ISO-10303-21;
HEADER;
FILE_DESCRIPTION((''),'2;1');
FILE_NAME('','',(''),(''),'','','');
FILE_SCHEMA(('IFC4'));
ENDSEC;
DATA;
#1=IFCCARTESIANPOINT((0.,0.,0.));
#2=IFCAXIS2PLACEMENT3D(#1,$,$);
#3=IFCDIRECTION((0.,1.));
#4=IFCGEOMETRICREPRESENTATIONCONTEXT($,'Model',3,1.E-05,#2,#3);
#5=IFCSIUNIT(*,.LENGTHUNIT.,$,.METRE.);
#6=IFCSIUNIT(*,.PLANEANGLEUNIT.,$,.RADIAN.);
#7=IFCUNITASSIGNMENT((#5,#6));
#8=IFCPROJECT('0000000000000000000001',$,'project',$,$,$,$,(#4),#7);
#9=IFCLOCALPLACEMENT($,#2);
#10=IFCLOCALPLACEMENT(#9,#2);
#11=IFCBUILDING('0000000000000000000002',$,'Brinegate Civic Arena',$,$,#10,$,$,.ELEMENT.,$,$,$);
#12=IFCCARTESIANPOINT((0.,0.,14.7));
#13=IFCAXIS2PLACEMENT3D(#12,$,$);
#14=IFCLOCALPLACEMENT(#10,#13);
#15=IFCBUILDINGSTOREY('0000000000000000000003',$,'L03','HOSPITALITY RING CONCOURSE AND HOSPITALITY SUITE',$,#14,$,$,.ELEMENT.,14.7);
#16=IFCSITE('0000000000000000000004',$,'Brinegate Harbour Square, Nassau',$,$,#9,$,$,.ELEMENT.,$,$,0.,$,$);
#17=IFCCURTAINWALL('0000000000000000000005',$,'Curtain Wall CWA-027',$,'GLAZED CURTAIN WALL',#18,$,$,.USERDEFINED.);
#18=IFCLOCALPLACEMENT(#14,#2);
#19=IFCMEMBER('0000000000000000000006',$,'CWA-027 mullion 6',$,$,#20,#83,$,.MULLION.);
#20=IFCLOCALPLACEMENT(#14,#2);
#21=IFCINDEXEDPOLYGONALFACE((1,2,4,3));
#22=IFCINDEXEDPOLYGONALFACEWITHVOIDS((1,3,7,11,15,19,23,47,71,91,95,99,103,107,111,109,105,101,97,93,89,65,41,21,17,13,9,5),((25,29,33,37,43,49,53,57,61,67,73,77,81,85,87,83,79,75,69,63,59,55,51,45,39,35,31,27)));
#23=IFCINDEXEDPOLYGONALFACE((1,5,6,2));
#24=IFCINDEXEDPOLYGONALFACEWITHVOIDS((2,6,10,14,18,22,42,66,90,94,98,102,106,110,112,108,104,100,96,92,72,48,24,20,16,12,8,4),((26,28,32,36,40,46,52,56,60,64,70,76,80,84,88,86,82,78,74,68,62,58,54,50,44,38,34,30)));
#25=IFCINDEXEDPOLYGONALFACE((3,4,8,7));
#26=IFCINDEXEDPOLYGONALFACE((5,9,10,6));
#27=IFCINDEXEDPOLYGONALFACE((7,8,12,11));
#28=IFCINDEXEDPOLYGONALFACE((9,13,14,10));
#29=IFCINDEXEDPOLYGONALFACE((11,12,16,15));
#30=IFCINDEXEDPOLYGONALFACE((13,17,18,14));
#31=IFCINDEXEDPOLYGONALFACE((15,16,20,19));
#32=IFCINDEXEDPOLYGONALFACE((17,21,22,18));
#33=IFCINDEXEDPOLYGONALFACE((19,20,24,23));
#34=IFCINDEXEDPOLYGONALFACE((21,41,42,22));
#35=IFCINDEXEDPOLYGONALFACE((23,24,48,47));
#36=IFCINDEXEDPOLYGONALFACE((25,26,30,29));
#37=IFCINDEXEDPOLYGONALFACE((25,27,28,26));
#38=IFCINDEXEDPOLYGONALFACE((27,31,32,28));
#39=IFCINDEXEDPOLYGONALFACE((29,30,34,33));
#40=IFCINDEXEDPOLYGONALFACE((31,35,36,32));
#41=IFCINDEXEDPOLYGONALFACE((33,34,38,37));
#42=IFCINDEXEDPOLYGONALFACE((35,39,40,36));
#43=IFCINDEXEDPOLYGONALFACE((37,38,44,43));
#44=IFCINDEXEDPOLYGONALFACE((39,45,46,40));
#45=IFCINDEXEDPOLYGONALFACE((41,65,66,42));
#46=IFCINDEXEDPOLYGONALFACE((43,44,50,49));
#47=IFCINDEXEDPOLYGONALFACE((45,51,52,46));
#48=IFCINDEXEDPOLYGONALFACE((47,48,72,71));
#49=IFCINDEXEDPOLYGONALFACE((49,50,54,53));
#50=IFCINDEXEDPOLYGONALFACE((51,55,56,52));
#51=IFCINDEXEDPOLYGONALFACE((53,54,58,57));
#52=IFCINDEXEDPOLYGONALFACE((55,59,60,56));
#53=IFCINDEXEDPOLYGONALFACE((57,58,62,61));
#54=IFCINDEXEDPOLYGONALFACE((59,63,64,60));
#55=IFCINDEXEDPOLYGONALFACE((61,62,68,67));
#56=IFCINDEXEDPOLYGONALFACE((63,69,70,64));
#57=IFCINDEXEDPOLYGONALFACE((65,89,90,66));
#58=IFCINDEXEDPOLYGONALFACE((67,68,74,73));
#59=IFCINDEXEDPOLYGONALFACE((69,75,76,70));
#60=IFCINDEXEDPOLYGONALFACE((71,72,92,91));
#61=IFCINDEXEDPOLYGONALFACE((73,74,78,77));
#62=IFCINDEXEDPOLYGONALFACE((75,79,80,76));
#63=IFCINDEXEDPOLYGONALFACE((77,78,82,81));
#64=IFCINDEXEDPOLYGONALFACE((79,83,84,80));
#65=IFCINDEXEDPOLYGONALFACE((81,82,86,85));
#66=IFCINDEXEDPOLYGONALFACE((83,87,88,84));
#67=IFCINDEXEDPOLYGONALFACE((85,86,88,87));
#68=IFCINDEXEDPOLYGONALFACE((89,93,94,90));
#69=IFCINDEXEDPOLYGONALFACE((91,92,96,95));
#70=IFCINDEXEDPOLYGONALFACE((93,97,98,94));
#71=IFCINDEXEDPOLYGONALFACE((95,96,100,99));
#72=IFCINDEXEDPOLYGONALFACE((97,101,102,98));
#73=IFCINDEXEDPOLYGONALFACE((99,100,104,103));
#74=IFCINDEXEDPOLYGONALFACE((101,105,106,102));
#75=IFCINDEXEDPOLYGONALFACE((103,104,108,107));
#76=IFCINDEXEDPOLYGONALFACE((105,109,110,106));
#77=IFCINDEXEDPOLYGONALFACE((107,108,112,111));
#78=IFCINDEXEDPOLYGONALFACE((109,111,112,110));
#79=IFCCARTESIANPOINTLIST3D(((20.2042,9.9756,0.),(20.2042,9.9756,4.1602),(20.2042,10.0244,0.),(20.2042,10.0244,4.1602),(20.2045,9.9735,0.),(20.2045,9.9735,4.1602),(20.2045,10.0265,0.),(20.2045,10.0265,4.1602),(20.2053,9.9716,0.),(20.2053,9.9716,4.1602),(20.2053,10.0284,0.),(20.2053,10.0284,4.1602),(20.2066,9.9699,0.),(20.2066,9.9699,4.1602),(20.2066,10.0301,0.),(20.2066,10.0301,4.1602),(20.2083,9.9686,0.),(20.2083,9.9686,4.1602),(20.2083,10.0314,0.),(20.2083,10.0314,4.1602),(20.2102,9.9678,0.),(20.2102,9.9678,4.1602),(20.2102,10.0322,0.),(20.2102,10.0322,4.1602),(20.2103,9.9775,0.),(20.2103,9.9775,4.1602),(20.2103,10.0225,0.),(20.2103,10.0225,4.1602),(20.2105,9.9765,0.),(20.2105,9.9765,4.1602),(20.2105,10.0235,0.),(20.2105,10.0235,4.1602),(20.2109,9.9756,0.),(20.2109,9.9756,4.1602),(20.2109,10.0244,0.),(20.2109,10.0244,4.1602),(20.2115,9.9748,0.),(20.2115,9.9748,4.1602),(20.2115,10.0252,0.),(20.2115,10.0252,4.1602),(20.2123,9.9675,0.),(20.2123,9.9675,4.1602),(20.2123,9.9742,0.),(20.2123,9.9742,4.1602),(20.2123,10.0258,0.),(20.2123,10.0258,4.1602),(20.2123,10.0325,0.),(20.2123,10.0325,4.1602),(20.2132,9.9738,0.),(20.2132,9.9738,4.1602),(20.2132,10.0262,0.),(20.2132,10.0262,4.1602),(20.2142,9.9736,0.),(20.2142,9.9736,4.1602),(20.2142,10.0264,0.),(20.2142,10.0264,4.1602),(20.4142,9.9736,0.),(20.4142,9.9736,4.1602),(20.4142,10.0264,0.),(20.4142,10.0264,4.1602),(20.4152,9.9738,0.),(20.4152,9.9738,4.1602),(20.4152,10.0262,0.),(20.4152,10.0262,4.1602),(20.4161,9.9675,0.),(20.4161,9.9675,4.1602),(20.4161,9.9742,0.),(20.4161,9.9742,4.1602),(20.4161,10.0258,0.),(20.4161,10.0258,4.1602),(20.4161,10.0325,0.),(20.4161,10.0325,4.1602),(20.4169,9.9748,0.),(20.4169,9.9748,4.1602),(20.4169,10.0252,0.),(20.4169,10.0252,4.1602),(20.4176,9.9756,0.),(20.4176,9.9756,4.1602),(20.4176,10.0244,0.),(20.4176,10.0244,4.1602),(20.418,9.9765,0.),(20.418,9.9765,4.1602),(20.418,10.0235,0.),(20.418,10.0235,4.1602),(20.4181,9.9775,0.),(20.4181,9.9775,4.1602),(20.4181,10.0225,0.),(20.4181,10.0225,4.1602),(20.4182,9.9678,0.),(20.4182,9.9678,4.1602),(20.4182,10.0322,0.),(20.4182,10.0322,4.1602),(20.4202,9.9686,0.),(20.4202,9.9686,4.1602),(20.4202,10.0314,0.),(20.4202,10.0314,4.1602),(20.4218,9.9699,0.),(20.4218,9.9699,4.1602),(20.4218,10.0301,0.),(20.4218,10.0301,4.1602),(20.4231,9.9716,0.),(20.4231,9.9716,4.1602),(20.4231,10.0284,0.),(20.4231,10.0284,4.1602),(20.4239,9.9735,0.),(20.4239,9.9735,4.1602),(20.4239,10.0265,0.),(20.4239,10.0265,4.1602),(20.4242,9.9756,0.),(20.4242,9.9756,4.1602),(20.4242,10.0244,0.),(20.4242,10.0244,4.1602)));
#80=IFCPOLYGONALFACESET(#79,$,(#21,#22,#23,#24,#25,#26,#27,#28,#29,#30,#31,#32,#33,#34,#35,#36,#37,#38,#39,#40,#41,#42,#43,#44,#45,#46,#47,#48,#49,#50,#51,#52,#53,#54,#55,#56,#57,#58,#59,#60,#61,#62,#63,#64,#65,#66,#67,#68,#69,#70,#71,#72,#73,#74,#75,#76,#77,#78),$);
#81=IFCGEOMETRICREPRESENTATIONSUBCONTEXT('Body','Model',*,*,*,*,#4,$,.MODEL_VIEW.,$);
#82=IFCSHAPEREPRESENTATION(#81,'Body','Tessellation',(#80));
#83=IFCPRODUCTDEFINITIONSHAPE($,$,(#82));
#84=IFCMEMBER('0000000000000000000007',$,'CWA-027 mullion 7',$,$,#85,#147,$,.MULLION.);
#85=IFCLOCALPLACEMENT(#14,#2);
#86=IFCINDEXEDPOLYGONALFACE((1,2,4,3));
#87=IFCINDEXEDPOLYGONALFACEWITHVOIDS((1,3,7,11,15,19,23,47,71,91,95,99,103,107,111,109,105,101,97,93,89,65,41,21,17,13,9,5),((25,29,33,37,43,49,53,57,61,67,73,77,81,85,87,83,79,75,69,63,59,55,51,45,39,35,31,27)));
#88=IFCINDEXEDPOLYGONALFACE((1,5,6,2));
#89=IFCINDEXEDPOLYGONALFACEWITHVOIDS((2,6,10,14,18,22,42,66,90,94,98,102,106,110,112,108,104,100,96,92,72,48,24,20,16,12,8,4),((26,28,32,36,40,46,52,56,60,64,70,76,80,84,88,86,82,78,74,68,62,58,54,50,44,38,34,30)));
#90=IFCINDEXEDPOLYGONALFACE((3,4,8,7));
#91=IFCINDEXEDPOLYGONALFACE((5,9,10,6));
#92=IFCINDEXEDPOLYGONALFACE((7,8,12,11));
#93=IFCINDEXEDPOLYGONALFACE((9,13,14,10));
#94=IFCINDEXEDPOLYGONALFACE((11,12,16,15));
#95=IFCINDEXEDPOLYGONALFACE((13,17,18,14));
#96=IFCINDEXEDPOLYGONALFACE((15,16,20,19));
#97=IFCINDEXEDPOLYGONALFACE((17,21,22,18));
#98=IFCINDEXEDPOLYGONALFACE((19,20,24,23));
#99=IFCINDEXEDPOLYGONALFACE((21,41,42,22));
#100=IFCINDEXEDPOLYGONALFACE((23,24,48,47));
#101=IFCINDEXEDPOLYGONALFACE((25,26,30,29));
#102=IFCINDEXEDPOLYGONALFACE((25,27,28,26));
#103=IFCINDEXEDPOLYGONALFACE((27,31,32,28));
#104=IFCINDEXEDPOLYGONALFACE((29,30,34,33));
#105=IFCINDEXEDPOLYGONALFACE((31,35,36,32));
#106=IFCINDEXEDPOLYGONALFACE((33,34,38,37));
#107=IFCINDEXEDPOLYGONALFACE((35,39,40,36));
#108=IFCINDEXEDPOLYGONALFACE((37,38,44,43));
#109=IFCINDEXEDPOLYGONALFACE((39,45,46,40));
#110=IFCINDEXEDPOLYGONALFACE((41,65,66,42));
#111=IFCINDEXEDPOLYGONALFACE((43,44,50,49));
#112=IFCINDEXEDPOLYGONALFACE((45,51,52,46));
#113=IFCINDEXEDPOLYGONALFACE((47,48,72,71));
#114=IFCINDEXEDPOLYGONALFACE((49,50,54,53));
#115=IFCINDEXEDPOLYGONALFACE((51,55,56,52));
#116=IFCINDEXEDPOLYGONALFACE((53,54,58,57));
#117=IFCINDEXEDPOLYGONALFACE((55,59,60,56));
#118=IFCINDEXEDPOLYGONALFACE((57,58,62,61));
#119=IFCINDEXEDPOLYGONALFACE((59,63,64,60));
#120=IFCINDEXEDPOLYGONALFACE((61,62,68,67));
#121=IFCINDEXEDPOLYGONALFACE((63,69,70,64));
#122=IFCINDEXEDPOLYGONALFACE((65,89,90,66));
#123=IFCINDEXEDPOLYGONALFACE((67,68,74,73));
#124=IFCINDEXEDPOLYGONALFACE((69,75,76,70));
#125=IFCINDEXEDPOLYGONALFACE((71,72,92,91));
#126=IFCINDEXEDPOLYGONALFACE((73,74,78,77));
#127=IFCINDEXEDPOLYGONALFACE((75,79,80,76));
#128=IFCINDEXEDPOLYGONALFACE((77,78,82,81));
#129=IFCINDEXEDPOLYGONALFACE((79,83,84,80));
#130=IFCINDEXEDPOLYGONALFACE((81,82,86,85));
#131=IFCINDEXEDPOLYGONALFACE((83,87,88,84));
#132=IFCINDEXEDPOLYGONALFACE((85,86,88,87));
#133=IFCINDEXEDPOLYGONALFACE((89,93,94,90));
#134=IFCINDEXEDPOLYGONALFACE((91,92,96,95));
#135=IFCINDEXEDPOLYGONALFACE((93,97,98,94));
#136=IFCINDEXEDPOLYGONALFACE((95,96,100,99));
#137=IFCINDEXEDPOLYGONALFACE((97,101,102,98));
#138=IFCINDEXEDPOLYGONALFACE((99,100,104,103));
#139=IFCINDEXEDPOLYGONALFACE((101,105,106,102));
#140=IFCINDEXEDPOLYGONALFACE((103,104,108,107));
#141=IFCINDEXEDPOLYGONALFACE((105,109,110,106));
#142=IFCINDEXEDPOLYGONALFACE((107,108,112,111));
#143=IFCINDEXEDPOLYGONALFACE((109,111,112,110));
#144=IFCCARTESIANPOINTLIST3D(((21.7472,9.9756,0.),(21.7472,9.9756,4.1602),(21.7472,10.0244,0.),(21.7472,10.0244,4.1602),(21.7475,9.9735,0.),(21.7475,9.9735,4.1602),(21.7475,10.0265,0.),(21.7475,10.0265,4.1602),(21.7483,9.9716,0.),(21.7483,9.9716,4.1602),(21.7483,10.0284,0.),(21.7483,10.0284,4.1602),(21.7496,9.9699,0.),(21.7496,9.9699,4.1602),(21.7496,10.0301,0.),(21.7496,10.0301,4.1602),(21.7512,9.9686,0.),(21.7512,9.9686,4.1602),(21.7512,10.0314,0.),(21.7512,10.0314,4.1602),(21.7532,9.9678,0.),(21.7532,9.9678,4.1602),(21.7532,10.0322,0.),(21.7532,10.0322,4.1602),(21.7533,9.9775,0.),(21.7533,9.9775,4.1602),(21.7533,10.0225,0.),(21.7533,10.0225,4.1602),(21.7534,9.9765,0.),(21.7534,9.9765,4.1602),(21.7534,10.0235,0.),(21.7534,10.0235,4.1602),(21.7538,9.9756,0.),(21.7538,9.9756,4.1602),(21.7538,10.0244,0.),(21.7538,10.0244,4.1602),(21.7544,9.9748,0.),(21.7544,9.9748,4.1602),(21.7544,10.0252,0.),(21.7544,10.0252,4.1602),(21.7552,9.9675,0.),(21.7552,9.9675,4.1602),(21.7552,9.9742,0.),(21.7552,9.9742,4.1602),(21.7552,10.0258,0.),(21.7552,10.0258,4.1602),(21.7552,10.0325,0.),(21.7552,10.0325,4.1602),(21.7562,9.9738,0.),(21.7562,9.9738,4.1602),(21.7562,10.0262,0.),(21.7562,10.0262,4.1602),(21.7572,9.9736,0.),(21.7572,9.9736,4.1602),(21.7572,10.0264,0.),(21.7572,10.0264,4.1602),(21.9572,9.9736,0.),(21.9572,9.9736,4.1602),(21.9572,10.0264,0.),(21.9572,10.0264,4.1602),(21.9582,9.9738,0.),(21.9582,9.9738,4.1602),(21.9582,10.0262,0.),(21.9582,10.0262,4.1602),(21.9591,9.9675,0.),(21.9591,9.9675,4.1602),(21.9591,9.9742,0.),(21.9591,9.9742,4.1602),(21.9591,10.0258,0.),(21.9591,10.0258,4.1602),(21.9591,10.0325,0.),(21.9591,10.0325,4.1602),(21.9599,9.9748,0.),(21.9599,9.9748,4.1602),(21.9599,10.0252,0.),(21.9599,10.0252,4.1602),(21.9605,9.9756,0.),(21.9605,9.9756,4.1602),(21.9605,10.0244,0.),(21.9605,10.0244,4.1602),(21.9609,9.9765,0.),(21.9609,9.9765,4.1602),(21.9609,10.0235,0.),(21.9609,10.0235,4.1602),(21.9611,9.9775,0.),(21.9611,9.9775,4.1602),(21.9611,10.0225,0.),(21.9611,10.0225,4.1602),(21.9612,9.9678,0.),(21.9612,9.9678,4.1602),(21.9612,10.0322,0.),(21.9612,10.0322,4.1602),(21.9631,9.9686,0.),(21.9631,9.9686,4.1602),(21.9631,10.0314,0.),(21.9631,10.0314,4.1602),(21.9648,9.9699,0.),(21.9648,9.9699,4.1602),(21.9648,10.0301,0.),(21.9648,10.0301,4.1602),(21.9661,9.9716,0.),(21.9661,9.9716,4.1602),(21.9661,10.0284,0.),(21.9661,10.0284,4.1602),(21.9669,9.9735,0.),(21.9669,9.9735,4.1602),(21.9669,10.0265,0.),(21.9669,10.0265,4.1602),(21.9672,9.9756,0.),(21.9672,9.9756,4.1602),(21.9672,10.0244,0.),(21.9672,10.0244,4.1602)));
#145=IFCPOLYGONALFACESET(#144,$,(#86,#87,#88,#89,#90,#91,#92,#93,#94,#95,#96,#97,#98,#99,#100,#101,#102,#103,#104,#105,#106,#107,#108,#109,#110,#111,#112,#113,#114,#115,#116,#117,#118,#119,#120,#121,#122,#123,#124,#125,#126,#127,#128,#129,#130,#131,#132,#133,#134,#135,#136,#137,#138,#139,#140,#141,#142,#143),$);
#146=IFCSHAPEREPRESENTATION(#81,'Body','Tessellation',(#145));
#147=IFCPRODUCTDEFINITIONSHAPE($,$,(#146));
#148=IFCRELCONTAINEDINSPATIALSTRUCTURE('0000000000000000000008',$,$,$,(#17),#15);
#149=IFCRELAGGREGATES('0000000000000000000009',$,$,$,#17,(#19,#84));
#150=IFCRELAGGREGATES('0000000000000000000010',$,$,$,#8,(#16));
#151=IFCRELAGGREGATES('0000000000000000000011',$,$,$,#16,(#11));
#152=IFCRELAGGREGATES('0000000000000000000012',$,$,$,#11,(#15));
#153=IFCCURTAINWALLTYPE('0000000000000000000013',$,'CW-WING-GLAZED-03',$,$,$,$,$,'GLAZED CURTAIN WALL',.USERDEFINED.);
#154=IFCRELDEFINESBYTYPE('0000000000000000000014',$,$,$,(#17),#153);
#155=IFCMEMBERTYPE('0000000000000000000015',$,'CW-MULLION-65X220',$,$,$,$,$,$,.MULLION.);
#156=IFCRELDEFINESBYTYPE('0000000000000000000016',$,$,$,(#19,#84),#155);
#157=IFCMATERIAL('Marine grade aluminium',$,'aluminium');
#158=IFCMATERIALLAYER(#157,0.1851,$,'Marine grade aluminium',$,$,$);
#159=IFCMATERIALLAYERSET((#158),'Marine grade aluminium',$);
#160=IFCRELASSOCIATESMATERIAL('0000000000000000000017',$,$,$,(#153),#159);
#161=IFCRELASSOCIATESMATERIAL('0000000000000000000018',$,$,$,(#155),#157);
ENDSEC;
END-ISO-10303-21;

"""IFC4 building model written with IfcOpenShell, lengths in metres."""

from ifc_helpers import new_model, si_unit, direction, frame, origin, origin_2d, place, context, subcontext, project, spatial, hollow_rectangle, extrude, material, layer, layer_set, material_profile, profile_set, type_object, element, aggregate, save


model = new_model("IFC4")

# Units and contexts
model_context = context("Model", 3, precision=1e-05, world=origin(), true_north=direction((0.0, 1.0)))
body_context = subcontext(model_context, "Body", "Model", "MODEL_VIEW")
ifc_project = project(units=[si_unit("LENGTHUNIT", "METRE"), si_unit("PLANEANGLEUNIT", "RADIAN")], contexts=[model_context])

# Site, building, storey
site_placement = place(None, origin())
site = spatial("IfcSite", under=ifc_project, at=site_placement, Name="Brinegate Harbour Square, Nassau", CompositionType="ELEMENT", RefElevation=0.0)
building_placement = place(site_placement, origin())
building = spatial("IfcBuilding", under=site, at=building_placement, Name="Brinegate Civic Arena", CompositionType="ELEMENT")
storey_placement = place(building_placement, frame((0.0, 0.0, 14.7)))
storey = spatial("IfcBuildingStorey", under=building, at=storey_placement, Name="L03", Description="HOSPITALITY RING CONCOURSE AND HOSPITALITY SUITE", CompositionType="ELEMENT", Elevation=14.7)

# Curtain wall, members
ifc_material_1 = material(Name="Marine grade aluminium", Category="aluminium")
ifc_layer_1 = layer(ifc_material_1, 0.1851, Name="Marine grade aluminium")
ifc_layer_set_1 = layer_set([ifc_layer_1], Name="Marine grade aluminium")
curtain_wall_type = type_object("IfcCurtainWallType", Name="CW-WING-GLAZED-03", ElementType="GLAZED CURTAIN WALL", PredefinedType="USERDEFINED", material=ifc_layer_set_1)
curtain_wall_1_placement = place(storey_placement, origin())
curtain_wall_1 = element("IfcCurtainWall", 1, at=curtain_wall_1_placement, inside=storey, type_object=curtain_wall_type, Name="Curtain Wall CWA-027", ObjectType="GLAZED CURTAIN WALL", PredefinedType="USERDEFINED")
ifc_material_profile_1 = material_profile(ifc_material_1, hollow_rectangle(XDim=0.0649, YDim=0.22, WallThickness=0.0061, InnerFilletRadius=0.0039, OuterFilletRadius=0.0081, at=origin_2d()), Name="MUL65X220")
ifc_profile_set_1 = profile_set([ifc_material_profile_1], Name="Marine grade aluminium")
member_type_1 = type_object("IfcMemberType", Name="CW-MULLION-65X220", PredefinedType="MULLION", material=ifc_profile_set_1)
member_1_placement = place(storey_placement, frame((20.3142, 10.0, 0.0), z_axis=(0.0, 0.0, 1.0), x_axis=(0.0, 1.0, 0.0)))
member_1 = element("IfcMember", 2, at=member_1_placement, type_object=member_type_1, Name="CWA-027 mullion 6", PredefinedType="MULLION", context=body_context, shape_type="SweptSolid", body=[
    extrude(hollow_rectangle(XDim=0.0649, YDim=0.22, WallThickness=0.0061, InnerFilletRadius=0.0039, OuterFilletRadius=0.0081, at=origin_2d()), origin(), (0.0, 0.0, 1.0), 4.1602),
])
member_2_placement = place(storey_placement, frame((21.8572, 10.0, 0.0), z_axis=(0.0, 0.0, 1.0), x_axis=(0.0, 1.0, 0.0)))
member_2 = element("IfcMember", 3, at=member_2_placement, type_object=member_type_1, Name="CWA-027 mullion 7", PredefinedType="MULLION", context=body_context, shape_type="SweptSolid", body=[
    extrude(hollow_rectangle(XDim=0.0649, YDim=0.22, WallThickness=0.0061, InnerFilletRadius=0.0039, OuterFilletRadius=0.0081, at=origin_2d()), origin(), (0.0, 0.0, 1.0), 4.1602),
])

aggregate(curtain_wall_1, [member_1, member_2])

save(model, "model.ifc")
